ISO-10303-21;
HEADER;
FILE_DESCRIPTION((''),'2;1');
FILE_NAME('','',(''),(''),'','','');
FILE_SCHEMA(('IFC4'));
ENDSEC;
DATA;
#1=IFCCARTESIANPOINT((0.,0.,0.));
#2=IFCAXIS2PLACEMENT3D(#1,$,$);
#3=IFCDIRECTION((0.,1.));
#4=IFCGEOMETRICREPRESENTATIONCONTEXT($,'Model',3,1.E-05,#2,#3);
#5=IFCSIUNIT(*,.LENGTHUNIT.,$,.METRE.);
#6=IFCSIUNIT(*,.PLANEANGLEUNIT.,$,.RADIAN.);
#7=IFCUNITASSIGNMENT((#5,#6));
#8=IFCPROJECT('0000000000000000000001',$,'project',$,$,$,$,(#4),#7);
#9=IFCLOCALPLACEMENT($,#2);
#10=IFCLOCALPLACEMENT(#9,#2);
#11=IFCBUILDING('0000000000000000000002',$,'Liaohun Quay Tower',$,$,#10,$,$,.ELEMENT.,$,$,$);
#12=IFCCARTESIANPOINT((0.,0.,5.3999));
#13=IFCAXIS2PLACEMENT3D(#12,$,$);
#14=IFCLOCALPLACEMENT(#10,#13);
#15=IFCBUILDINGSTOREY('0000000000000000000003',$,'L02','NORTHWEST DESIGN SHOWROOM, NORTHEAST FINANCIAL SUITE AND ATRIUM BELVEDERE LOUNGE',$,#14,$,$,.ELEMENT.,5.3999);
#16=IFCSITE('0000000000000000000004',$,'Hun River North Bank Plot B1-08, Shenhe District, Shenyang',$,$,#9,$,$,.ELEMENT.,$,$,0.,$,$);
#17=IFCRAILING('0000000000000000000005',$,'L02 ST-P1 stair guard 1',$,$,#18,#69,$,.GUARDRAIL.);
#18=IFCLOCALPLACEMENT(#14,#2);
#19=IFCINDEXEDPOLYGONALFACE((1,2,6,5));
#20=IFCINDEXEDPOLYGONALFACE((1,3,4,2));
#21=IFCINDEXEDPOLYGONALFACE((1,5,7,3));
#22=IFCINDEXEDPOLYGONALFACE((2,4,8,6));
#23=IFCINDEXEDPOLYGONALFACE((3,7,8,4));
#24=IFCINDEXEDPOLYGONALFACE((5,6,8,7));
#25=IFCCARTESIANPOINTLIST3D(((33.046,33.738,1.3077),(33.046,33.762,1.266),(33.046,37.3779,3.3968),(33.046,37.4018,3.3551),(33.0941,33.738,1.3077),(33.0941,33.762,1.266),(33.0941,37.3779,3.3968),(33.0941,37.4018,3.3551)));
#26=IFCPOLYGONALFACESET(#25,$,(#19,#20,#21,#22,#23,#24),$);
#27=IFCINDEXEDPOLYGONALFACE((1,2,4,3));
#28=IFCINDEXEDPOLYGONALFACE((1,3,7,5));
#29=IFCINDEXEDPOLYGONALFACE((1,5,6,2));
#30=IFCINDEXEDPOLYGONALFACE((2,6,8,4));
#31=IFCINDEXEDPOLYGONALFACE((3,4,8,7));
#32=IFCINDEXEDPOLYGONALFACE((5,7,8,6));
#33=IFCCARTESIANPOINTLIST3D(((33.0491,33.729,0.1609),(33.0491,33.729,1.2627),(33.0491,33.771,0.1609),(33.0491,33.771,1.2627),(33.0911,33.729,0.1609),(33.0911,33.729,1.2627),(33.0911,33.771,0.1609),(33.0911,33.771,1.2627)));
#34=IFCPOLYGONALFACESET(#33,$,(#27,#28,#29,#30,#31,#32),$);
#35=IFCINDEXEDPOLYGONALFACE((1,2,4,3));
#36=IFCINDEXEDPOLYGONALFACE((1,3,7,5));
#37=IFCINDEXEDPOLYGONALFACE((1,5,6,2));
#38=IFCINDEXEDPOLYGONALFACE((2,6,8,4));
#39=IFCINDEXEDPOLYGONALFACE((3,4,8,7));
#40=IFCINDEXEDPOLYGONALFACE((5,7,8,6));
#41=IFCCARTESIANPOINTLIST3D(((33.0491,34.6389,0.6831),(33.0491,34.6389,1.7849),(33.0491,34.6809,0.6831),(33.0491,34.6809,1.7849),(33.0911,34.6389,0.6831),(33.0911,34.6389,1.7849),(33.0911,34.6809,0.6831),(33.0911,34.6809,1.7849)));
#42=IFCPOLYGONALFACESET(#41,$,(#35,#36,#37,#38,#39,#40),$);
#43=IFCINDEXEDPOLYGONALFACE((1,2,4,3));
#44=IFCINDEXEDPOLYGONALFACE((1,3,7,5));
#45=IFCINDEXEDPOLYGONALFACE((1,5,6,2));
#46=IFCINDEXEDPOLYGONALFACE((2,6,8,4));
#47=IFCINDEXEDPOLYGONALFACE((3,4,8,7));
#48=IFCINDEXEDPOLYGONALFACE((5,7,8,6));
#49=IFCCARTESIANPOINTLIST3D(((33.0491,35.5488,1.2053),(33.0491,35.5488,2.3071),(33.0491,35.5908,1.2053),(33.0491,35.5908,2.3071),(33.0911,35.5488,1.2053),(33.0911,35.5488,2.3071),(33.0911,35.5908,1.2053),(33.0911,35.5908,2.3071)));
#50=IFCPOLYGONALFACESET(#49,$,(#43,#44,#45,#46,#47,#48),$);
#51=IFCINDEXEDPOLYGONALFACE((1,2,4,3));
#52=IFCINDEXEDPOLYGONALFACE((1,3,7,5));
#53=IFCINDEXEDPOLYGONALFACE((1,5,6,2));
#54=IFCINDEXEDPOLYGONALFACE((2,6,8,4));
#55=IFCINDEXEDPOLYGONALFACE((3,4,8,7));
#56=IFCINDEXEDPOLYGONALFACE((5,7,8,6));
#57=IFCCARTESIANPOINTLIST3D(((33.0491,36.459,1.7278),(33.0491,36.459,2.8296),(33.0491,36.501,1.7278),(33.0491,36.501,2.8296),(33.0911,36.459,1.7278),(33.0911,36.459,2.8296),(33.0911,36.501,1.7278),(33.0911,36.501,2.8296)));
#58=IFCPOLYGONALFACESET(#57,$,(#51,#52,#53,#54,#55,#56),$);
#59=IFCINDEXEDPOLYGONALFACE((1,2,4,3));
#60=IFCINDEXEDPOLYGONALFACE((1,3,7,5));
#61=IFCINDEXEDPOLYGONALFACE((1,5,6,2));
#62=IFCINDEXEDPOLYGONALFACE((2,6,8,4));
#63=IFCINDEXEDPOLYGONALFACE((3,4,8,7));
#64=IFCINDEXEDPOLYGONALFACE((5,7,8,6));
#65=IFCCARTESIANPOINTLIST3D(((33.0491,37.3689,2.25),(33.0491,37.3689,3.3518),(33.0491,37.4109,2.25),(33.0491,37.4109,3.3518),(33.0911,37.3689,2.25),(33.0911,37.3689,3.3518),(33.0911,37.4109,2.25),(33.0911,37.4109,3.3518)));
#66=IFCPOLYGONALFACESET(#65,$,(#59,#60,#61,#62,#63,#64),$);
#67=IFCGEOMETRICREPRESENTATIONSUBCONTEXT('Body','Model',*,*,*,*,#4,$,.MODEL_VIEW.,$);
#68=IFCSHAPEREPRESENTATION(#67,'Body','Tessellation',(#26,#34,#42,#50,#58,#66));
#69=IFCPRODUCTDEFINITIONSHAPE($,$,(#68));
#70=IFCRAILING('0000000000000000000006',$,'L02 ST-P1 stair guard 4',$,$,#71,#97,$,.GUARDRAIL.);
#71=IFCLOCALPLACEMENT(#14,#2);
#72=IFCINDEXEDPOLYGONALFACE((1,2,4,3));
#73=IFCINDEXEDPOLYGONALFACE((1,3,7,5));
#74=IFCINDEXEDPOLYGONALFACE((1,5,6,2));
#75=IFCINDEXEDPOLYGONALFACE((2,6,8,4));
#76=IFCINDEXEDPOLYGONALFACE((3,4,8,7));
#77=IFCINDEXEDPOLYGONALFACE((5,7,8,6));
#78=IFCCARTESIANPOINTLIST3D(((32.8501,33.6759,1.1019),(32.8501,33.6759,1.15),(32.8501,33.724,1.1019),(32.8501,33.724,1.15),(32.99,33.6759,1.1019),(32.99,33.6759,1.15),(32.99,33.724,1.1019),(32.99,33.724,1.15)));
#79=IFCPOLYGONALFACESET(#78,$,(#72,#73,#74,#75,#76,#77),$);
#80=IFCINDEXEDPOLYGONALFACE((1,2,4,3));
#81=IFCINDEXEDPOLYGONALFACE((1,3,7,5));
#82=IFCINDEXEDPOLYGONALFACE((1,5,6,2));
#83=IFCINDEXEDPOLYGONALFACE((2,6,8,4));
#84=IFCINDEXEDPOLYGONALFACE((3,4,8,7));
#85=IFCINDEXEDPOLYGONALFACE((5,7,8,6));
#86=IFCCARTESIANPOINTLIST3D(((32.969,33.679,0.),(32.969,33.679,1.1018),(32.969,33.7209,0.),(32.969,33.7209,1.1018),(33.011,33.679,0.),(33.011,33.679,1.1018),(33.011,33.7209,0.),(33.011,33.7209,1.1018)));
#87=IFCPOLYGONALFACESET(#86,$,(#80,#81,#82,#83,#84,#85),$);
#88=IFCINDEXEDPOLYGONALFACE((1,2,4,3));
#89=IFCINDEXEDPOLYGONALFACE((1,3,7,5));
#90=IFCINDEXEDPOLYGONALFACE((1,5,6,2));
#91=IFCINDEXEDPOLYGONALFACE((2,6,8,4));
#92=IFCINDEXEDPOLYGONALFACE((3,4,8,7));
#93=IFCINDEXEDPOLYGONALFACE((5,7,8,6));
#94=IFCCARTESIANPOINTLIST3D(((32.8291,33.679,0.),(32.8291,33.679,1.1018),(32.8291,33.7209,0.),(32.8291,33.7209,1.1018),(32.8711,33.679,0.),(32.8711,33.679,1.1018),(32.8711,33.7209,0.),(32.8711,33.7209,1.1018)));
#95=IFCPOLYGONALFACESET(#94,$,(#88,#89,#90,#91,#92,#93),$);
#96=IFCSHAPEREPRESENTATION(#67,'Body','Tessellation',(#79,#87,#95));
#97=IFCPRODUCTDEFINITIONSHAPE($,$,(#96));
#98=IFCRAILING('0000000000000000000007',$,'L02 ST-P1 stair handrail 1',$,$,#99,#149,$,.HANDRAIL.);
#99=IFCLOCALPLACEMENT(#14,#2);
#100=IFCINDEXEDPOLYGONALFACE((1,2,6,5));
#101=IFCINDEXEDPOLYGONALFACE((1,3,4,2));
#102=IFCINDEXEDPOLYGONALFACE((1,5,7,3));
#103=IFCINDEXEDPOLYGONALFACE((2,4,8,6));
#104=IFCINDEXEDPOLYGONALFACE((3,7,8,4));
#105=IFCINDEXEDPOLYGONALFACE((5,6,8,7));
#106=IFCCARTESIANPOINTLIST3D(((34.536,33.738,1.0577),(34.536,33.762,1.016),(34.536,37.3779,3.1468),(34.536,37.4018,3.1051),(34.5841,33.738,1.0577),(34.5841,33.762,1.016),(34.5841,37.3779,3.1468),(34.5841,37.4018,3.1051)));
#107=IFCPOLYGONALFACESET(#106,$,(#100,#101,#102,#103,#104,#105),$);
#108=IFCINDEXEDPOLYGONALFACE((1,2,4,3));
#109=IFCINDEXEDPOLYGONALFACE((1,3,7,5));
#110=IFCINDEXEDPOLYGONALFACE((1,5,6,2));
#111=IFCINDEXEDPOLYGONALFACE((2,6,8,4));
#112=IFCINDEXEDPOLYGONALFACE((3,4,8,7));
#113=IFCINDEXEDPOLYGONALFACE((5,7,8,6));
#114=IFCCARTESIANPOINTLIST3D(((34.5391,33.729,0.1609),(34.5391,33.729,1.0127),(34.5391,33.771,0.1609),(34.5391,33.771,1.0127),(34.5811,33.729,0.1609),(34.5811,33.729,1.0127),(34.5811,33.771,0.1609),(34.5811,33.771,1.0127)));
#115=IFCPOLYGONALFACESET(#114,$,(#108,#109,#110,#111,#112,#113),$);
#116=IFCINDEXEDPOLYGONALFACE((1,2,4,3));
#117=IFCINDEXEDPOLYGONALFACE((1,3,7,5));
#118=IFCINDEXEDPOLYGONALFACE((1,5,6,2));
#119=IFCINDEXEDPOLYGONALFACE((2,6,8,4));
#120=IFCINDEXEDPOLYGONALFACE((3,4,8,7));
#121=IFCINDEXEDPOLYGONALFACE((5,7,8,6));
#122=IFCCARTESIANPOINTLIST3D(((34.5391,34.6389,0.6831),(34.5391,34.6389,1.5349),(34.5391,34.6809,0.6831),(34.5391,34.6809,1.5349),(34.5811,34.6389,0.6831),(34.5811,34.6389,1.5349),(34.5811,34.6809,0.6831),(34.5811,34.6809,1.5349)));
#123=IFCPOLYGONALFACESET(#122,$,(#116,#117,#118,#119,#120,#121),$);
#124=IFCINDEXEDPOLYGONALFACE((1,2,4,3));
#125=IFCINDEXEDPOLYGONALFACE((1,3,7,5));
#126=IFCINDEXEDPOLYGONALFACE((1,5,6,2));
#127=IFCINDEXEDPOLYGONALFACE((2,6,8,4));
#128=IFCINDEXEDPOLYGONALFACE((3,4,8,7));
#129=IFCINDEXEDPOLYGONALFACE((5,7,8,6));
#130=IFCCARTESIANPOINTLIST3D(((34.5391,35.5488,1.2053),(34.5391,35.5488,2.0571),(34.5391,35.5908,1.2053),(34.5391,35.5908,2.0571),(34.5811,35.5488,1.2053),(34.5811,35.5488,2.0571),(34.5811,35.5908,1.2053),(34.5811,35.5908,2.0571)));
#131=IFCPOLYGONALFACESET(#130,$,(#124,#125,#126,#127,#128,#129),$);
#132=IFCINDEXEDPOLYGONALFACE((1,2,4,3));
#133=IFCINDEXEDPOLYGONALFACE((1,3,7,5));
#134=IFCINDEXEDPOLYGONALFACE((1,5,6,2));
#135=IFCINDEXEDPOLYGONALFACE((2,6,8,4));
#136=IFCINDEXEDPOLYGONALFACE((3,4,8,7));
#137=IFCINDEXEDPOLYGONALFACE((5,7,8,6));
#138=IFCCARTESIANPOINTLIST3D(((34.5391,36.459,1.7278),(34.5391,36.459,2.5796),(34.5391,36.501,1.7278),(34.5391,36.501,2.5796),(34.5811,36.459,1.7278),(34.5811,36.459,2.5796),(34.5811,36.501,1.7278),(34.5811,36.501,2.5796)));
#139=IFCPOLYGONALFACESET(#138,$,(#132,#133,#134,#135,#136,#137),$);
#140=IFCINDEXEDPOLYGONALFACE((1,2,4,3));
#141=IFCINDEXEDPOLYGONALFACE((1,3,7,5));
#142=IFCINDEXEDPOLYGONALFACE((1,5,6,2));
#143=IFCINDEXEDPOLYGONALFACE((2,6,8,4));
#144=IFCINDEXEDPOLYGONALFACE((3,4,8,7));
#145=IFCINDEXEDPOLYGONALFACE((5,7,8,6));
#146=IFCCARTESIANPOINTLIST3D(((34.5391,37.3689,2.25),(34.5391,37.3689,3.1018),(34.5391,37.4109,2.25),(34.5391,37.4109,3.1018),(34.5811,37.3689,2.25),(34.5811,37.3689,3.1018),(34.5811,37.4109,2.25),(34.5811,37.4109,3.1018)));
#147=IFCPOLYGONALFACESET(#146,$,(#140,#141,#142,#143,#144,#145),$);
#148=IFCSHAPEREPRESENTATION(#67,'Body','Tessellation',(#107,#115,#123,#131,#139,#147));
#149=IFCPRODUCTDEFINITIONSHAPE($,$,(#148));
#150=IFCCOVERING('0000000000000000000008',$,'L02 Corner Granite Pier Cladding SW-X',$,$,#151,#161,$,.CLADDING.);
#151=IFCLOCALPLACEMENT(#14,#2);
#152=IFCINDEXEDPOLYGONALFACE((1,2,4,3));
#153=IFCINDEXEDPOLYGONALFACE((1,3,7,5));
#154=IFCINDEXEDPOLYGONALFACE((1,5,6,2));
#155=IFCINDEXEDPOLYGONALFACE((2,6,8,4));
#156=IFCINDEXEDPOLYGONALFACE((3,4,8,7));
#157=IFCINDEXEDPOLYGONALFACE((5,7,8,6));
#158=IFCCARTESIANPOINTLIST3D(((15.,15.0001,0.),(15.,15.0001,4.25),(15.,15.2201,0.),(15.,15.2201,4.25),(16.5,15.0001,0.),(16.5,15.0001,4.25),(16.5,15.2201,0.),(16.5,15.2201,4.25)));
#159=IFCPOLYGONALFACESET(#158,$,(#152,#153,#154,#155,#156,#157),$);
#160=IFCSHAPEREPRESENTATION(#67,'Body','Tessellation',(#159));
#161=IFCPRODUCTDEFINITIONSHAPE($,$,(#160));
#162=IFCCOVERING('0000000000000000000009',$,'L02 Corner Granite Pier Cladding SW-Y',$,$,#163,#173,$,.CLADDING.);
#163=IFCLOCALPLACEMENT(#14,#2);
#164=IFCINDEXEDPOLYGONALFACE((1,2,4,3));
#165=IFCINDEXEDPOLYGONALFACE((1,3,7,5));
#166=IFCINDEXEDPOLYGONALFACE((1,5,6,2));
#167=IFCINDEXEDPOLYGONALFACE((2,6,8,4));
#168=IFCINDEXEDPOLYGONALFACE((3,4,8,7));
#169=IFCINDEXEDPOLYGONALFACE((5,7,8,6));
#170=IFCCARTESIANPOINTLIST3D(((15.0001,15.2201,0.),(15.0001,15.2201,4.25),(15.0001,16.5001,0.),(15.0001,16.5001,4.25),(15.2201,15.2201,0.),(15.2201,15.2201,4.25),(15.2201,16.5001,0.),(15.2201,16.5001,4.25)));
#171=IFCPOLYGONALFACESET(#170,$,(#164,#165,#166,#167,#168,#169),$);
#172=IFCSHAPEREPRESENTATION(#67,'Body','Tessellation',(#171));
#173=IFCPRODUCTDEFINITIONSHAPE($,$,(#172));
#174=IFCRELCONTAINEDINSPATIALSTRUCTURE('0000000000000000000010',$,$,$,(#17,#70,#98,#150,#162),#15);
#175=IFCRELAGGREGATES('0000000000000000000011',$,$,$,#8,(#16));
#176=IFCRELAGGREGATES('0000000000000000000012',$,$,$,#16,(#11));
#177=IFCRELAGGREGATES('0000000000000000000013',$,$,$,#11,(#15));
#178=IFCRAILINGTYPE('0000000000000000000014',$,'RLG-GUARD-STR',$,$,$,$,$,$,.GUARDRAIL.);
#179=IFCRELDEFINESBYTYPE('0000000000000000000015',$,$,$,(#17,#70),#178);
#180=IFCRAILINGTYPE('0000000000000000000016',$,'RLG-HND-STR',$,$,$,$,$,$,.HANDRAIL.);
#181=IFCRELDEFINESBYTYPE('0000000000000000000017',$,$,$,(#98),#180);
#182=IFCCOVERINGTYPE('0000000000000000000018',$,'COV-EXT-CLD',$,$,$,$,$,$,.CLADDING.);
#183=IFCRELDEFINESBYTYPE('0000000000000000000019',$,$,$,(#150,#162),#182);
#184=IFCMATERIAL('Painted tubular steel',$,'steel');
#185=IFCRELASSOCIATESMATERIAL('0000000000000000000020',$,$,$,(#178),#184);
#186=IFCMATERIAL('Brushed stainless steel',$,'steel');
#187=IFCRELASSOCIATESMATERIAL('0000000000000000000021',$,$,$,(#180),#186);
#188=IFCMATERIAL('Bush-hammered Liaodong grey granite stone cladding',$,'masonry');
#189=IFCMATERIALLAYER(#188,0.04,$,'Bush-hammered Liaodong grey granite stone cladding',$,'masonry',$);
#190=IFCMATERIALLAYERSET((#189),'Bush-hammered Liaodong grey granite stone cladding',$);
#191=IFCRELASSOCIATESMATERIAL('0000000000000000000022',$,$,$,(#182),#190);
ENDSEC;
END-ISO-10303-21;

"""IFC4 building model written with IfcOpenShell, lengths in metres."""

from ifc_helpers import new_model, si_unit, direction, frame, origin, origin_2d, place, context, subcontext, project, spatial, rectangle, extrude, source, transform, mapped, material, layer, layer_set, type_object, element, save


model = new_model("IFC4")

# Units and contexts
model_context = context("Model", 3, precision=1e-05, world=origin(), true_north=direction((0.0, 1.0)))
body_context = subcontext(model_context, "Body", "Model", "MODEL_VIEW")
ifc_project = project(units=[si_unit("LENGTHUNIT", "METRE"), si_unit("PLANEANGLEUNIT", "RADIAN")], contexts=[model_context])

# Site, building, storey
site_placement = place(None, origin())
site = spatial("IfcSite", under=ifc_project, at=site_placement, Name="Hun River North Bank Plot B1-08, Shenhe District, Shenyang", CompositionType="ELEMENT", RefElevation=0.0)
building_placement = place(site_placement, origin())
building = spatial("IfcBuilding", under=site, at=building_placement, Name="Liaohun Quay Tower", CompositionType="ELEMENT")
storey_placement = place(building_placement, frame((0.0, 0.0, 5.3999)))
storey = spatial("IfcBuildingStorey", under=building, at=storey_placement, Name="L02", Description="NORTHWEST DESIGN SHOWROOM, NORTHEAST FINANCIAL SUITE AND ATRIUM BELVEDERE LOUNGE", CompositionType="ELEMENT", Elevation=5.3999)

# Railings
ifc_material_1 = material(Name="Painted tubular steel", Category="steel")
railing_type_1 = type_object("IfcRailingType", Name="RLG-GUARD-STR", PredefinedType="GUARDRAIL", material=ifc_material_1)
railing_1_placement = place(storey_placement, frame((33.0701, 33.75, 0.1609)))
element("IfcRailing", 1, at=railing_1_placement, inside=storey, type_object=railing_type_1, Name="L02 ST-P1 stair guard 1", PredefinedType="GUARDRAIL", context=body_context, shape_type="SweptSolid", body=[
    extrude(rectangle(XDim=0.0481, YDim=0.0481, at=origin_2d()), frame((0.0, 0.0, 1.126), z_axis=(0.0, 0.8673, 0.497786), x_axis=(-1.0, 0.0, 0.0)), (0.0, 0.0, 1.0), 4.1968),
    extrude(rectangle(XDim=0.042, YDim=0.042, at=origin_2d()), origin(), (0.0, 0.0, 1.0), 1.1018),
    extrude(rectangle(XDim=0.042, YDim=0.042, at=origin_2d()), frame((0.0, 0.9099, 0.5222)), (0.0, 0.0, 1.0), 1.1018),
    extrude(rectangle(XDim=0.042, YDim=0.042, at=origin_2d()), frame((0.0, 1.8198, 1.0444)), (0.0, 0.0, 1.0), 1.1018),
    extrude(rectangle(XDim=0.042, YDim=0.042, at=origin_2d()), frame((0.0, 2.73, 1.5669)), (0.0, 0.0, 1.0), 1.1018),
    extrude(rectangle(XDim=0.042, YDim=0.042, at=origin_2d()), frame((0.0, 3.6399, 2.0891)), (0.0, 0.0, 1.0), 1.1018),
])
railing_2_placement = place(storey_placement, frame((32.99, 33.7, 0.0)))
element("IfcRailing", 2, at=railing_2_placement, inside=storey, type_object=railing_type_1, Name="L02 ST-P1 stair guard 4", PredefinedType="GUARDRAIL", context=body_context, shape_type="SweptSolid", body=[
    extrude(rectangle(XDim=0.0481, YDim=0.0481, at=origin_2d()), frame((0.0, 0.0, 1.126), z_axis=(-1.0, 0.0, 0.0), x_axis=(0.0, -1.0, 0.0)), (0.0, 0.0, 1.0), 0.1399),
    extrude(rectangle(XDim=0.042, YDim=0.042, at=origin_2d()), origin(), (0.0, 0.0, 1.0), 1.1018),
    extrude(rectangle(XDim=0.042, YDim=0.042, at=origin_2d()), frame((-0.1399, 0.0, 0.0)), (0.0, 0.0, 1.0), 1.1018),
])
ifc_material_2 = material(Name="Brushed stainless steel", Category="steel")
railing_type_2 = type_object("IfcRailingType", Name="RLG-HND-STR", PredefinedType="HANDRAIL", material=ifc_material_2)
railing_3_placement = place(storey_placement, frame((34.5601, 33.75, 0.1609)))
element("IfcRailing", 3, at=railing_3_placement, inside=storey, type_object=railing_type_2, Name="L02 ST-P1 stair handrail 1", PredefinedType="HANDRAIL", context=body_context, shape_type="SweptSolid", body=[
    extrude(rectangle(XDim=0.0481, YDim=0.0481, at=origin_2d()), frame((0.0, 0.0, 0.876), z_axis=(0.0, 0.8673, 0.497786), x_axis=(-1.0, 0.0, 0.0)), (0.0, 0.0, 1.0), 4.1968),
    extrude(rectangle(XDim=0.042, YDim=0.042, at=origin_2d()), origin(), (0.0, 0.0, 1.0), 0.8518),
    extrude(rectangle(XDim=0.042, YDim=0.042, at=origin_2d()), frame((0.0, 0.9099, 0.5222)), (0.0, 0.0, 1.0), 0.8518),
    extrude(rectangle(XDim=0.042, YDim=0.042, at=origin_2d()), frame((0.0, 1.8198, 1.0444)), (0.0, 0.0, 1.0), 0.8518),
    extrude(rectangle(XDim=0.042, YDim=0.042, at=origin_2d()), frame((0.0, 2.73, 1.5669)), (0.0, 0.0, 1.0), 0.8518),
    extrude(rectangle(XDim=0.042, YDim=0.042, at=origin_2d()), frame((0.0, 3.6399, 2.0891)), (0.0, 0.0, 1.0), 0.8518),
])

# Coverings
ifc_material_3 = material(Name="Bush-hammered Liaodong grey granite stone cladding", Category="masonry")
ifc_layer_1 = layer(ifc_material_3, 0.04, Name="Bush-hammered Liaodong grey granite stone cladding", Category="masonry")
ifc_layer_set_1 = layer_set([ifc_layer_1], Name="Bush-hammered Liaodong grey granite stone cladding")
covering_type_1 = type_object("IfcCoveringType", Name="COV-EXT-CLD", PredefinedType="CLADDING", material=ifc_layer_set_1)
shared_shape_1 = source(origin(), body_context, "Body", "SweptSolid", [
    extrude(rectangle(XDim=1.5, YDim=0.22, at=origin_2d()), origin(), (0.0, 0.0, 1.0), 4.25),
])
covering_1_placement = place(storey_placement, frame((15.75, 15.1101, 0.0), z_axis=(0.0, 0.0, 1.0), x_axis=(1.0, 0.0, 0.0)))
element("IfcCovering", 4, at=covering_1_placement, inside=storey, type_object=covering_type_1, Name="L02 Corner Granite Pier Cladding SW-X", PredefinedType="CLADDING", context=body_context, shape_type="MappedRepresentation", body=[
    mapped(shared_shape_1, transform((0.0, 0.0, 0.0), x_axis=(1.0, 0.0, 0.0), y_axis=(0.0, 1.0, 0.0), z_axis=(0.0, 0.0, 1.0), scale=1.0)),
])
shared_shape_2 = source(origin(), body_context, "Body", "SweptSolid", [
    extrude(rectangle(XDim=0.22, YDim=1.28, at=origin_2d()), origin(), (0.0, 0.0, 1.0), 4.25),
])
covering_2_placement = place(storey_placement, frame((15.1101, 15.8601, 0.0), z_axis=(0.0, 0.0, 1.0), x_axis=(1.0, 0.0, 0.0)))
element("IfcCovering", 5, at=covering_2_placement, inside=storey, type_object=covering_type_1, Name="L02 Corner Granite Pier Cladding SW-Y", PredefinedType="CLADDING", context=body_context, shape_type="MappedRepresentation", body=[
    mapped(shared_shape_2, transform((0.0, 0.0, 0.0), x_axis=(1.0, 0.0, 0.0), y_axis=(0.0, 1.0, 0.0), z_axis=(0.0, 0.0, 1.0), scale=1.0)),
])

save(model, "model.ifc")
